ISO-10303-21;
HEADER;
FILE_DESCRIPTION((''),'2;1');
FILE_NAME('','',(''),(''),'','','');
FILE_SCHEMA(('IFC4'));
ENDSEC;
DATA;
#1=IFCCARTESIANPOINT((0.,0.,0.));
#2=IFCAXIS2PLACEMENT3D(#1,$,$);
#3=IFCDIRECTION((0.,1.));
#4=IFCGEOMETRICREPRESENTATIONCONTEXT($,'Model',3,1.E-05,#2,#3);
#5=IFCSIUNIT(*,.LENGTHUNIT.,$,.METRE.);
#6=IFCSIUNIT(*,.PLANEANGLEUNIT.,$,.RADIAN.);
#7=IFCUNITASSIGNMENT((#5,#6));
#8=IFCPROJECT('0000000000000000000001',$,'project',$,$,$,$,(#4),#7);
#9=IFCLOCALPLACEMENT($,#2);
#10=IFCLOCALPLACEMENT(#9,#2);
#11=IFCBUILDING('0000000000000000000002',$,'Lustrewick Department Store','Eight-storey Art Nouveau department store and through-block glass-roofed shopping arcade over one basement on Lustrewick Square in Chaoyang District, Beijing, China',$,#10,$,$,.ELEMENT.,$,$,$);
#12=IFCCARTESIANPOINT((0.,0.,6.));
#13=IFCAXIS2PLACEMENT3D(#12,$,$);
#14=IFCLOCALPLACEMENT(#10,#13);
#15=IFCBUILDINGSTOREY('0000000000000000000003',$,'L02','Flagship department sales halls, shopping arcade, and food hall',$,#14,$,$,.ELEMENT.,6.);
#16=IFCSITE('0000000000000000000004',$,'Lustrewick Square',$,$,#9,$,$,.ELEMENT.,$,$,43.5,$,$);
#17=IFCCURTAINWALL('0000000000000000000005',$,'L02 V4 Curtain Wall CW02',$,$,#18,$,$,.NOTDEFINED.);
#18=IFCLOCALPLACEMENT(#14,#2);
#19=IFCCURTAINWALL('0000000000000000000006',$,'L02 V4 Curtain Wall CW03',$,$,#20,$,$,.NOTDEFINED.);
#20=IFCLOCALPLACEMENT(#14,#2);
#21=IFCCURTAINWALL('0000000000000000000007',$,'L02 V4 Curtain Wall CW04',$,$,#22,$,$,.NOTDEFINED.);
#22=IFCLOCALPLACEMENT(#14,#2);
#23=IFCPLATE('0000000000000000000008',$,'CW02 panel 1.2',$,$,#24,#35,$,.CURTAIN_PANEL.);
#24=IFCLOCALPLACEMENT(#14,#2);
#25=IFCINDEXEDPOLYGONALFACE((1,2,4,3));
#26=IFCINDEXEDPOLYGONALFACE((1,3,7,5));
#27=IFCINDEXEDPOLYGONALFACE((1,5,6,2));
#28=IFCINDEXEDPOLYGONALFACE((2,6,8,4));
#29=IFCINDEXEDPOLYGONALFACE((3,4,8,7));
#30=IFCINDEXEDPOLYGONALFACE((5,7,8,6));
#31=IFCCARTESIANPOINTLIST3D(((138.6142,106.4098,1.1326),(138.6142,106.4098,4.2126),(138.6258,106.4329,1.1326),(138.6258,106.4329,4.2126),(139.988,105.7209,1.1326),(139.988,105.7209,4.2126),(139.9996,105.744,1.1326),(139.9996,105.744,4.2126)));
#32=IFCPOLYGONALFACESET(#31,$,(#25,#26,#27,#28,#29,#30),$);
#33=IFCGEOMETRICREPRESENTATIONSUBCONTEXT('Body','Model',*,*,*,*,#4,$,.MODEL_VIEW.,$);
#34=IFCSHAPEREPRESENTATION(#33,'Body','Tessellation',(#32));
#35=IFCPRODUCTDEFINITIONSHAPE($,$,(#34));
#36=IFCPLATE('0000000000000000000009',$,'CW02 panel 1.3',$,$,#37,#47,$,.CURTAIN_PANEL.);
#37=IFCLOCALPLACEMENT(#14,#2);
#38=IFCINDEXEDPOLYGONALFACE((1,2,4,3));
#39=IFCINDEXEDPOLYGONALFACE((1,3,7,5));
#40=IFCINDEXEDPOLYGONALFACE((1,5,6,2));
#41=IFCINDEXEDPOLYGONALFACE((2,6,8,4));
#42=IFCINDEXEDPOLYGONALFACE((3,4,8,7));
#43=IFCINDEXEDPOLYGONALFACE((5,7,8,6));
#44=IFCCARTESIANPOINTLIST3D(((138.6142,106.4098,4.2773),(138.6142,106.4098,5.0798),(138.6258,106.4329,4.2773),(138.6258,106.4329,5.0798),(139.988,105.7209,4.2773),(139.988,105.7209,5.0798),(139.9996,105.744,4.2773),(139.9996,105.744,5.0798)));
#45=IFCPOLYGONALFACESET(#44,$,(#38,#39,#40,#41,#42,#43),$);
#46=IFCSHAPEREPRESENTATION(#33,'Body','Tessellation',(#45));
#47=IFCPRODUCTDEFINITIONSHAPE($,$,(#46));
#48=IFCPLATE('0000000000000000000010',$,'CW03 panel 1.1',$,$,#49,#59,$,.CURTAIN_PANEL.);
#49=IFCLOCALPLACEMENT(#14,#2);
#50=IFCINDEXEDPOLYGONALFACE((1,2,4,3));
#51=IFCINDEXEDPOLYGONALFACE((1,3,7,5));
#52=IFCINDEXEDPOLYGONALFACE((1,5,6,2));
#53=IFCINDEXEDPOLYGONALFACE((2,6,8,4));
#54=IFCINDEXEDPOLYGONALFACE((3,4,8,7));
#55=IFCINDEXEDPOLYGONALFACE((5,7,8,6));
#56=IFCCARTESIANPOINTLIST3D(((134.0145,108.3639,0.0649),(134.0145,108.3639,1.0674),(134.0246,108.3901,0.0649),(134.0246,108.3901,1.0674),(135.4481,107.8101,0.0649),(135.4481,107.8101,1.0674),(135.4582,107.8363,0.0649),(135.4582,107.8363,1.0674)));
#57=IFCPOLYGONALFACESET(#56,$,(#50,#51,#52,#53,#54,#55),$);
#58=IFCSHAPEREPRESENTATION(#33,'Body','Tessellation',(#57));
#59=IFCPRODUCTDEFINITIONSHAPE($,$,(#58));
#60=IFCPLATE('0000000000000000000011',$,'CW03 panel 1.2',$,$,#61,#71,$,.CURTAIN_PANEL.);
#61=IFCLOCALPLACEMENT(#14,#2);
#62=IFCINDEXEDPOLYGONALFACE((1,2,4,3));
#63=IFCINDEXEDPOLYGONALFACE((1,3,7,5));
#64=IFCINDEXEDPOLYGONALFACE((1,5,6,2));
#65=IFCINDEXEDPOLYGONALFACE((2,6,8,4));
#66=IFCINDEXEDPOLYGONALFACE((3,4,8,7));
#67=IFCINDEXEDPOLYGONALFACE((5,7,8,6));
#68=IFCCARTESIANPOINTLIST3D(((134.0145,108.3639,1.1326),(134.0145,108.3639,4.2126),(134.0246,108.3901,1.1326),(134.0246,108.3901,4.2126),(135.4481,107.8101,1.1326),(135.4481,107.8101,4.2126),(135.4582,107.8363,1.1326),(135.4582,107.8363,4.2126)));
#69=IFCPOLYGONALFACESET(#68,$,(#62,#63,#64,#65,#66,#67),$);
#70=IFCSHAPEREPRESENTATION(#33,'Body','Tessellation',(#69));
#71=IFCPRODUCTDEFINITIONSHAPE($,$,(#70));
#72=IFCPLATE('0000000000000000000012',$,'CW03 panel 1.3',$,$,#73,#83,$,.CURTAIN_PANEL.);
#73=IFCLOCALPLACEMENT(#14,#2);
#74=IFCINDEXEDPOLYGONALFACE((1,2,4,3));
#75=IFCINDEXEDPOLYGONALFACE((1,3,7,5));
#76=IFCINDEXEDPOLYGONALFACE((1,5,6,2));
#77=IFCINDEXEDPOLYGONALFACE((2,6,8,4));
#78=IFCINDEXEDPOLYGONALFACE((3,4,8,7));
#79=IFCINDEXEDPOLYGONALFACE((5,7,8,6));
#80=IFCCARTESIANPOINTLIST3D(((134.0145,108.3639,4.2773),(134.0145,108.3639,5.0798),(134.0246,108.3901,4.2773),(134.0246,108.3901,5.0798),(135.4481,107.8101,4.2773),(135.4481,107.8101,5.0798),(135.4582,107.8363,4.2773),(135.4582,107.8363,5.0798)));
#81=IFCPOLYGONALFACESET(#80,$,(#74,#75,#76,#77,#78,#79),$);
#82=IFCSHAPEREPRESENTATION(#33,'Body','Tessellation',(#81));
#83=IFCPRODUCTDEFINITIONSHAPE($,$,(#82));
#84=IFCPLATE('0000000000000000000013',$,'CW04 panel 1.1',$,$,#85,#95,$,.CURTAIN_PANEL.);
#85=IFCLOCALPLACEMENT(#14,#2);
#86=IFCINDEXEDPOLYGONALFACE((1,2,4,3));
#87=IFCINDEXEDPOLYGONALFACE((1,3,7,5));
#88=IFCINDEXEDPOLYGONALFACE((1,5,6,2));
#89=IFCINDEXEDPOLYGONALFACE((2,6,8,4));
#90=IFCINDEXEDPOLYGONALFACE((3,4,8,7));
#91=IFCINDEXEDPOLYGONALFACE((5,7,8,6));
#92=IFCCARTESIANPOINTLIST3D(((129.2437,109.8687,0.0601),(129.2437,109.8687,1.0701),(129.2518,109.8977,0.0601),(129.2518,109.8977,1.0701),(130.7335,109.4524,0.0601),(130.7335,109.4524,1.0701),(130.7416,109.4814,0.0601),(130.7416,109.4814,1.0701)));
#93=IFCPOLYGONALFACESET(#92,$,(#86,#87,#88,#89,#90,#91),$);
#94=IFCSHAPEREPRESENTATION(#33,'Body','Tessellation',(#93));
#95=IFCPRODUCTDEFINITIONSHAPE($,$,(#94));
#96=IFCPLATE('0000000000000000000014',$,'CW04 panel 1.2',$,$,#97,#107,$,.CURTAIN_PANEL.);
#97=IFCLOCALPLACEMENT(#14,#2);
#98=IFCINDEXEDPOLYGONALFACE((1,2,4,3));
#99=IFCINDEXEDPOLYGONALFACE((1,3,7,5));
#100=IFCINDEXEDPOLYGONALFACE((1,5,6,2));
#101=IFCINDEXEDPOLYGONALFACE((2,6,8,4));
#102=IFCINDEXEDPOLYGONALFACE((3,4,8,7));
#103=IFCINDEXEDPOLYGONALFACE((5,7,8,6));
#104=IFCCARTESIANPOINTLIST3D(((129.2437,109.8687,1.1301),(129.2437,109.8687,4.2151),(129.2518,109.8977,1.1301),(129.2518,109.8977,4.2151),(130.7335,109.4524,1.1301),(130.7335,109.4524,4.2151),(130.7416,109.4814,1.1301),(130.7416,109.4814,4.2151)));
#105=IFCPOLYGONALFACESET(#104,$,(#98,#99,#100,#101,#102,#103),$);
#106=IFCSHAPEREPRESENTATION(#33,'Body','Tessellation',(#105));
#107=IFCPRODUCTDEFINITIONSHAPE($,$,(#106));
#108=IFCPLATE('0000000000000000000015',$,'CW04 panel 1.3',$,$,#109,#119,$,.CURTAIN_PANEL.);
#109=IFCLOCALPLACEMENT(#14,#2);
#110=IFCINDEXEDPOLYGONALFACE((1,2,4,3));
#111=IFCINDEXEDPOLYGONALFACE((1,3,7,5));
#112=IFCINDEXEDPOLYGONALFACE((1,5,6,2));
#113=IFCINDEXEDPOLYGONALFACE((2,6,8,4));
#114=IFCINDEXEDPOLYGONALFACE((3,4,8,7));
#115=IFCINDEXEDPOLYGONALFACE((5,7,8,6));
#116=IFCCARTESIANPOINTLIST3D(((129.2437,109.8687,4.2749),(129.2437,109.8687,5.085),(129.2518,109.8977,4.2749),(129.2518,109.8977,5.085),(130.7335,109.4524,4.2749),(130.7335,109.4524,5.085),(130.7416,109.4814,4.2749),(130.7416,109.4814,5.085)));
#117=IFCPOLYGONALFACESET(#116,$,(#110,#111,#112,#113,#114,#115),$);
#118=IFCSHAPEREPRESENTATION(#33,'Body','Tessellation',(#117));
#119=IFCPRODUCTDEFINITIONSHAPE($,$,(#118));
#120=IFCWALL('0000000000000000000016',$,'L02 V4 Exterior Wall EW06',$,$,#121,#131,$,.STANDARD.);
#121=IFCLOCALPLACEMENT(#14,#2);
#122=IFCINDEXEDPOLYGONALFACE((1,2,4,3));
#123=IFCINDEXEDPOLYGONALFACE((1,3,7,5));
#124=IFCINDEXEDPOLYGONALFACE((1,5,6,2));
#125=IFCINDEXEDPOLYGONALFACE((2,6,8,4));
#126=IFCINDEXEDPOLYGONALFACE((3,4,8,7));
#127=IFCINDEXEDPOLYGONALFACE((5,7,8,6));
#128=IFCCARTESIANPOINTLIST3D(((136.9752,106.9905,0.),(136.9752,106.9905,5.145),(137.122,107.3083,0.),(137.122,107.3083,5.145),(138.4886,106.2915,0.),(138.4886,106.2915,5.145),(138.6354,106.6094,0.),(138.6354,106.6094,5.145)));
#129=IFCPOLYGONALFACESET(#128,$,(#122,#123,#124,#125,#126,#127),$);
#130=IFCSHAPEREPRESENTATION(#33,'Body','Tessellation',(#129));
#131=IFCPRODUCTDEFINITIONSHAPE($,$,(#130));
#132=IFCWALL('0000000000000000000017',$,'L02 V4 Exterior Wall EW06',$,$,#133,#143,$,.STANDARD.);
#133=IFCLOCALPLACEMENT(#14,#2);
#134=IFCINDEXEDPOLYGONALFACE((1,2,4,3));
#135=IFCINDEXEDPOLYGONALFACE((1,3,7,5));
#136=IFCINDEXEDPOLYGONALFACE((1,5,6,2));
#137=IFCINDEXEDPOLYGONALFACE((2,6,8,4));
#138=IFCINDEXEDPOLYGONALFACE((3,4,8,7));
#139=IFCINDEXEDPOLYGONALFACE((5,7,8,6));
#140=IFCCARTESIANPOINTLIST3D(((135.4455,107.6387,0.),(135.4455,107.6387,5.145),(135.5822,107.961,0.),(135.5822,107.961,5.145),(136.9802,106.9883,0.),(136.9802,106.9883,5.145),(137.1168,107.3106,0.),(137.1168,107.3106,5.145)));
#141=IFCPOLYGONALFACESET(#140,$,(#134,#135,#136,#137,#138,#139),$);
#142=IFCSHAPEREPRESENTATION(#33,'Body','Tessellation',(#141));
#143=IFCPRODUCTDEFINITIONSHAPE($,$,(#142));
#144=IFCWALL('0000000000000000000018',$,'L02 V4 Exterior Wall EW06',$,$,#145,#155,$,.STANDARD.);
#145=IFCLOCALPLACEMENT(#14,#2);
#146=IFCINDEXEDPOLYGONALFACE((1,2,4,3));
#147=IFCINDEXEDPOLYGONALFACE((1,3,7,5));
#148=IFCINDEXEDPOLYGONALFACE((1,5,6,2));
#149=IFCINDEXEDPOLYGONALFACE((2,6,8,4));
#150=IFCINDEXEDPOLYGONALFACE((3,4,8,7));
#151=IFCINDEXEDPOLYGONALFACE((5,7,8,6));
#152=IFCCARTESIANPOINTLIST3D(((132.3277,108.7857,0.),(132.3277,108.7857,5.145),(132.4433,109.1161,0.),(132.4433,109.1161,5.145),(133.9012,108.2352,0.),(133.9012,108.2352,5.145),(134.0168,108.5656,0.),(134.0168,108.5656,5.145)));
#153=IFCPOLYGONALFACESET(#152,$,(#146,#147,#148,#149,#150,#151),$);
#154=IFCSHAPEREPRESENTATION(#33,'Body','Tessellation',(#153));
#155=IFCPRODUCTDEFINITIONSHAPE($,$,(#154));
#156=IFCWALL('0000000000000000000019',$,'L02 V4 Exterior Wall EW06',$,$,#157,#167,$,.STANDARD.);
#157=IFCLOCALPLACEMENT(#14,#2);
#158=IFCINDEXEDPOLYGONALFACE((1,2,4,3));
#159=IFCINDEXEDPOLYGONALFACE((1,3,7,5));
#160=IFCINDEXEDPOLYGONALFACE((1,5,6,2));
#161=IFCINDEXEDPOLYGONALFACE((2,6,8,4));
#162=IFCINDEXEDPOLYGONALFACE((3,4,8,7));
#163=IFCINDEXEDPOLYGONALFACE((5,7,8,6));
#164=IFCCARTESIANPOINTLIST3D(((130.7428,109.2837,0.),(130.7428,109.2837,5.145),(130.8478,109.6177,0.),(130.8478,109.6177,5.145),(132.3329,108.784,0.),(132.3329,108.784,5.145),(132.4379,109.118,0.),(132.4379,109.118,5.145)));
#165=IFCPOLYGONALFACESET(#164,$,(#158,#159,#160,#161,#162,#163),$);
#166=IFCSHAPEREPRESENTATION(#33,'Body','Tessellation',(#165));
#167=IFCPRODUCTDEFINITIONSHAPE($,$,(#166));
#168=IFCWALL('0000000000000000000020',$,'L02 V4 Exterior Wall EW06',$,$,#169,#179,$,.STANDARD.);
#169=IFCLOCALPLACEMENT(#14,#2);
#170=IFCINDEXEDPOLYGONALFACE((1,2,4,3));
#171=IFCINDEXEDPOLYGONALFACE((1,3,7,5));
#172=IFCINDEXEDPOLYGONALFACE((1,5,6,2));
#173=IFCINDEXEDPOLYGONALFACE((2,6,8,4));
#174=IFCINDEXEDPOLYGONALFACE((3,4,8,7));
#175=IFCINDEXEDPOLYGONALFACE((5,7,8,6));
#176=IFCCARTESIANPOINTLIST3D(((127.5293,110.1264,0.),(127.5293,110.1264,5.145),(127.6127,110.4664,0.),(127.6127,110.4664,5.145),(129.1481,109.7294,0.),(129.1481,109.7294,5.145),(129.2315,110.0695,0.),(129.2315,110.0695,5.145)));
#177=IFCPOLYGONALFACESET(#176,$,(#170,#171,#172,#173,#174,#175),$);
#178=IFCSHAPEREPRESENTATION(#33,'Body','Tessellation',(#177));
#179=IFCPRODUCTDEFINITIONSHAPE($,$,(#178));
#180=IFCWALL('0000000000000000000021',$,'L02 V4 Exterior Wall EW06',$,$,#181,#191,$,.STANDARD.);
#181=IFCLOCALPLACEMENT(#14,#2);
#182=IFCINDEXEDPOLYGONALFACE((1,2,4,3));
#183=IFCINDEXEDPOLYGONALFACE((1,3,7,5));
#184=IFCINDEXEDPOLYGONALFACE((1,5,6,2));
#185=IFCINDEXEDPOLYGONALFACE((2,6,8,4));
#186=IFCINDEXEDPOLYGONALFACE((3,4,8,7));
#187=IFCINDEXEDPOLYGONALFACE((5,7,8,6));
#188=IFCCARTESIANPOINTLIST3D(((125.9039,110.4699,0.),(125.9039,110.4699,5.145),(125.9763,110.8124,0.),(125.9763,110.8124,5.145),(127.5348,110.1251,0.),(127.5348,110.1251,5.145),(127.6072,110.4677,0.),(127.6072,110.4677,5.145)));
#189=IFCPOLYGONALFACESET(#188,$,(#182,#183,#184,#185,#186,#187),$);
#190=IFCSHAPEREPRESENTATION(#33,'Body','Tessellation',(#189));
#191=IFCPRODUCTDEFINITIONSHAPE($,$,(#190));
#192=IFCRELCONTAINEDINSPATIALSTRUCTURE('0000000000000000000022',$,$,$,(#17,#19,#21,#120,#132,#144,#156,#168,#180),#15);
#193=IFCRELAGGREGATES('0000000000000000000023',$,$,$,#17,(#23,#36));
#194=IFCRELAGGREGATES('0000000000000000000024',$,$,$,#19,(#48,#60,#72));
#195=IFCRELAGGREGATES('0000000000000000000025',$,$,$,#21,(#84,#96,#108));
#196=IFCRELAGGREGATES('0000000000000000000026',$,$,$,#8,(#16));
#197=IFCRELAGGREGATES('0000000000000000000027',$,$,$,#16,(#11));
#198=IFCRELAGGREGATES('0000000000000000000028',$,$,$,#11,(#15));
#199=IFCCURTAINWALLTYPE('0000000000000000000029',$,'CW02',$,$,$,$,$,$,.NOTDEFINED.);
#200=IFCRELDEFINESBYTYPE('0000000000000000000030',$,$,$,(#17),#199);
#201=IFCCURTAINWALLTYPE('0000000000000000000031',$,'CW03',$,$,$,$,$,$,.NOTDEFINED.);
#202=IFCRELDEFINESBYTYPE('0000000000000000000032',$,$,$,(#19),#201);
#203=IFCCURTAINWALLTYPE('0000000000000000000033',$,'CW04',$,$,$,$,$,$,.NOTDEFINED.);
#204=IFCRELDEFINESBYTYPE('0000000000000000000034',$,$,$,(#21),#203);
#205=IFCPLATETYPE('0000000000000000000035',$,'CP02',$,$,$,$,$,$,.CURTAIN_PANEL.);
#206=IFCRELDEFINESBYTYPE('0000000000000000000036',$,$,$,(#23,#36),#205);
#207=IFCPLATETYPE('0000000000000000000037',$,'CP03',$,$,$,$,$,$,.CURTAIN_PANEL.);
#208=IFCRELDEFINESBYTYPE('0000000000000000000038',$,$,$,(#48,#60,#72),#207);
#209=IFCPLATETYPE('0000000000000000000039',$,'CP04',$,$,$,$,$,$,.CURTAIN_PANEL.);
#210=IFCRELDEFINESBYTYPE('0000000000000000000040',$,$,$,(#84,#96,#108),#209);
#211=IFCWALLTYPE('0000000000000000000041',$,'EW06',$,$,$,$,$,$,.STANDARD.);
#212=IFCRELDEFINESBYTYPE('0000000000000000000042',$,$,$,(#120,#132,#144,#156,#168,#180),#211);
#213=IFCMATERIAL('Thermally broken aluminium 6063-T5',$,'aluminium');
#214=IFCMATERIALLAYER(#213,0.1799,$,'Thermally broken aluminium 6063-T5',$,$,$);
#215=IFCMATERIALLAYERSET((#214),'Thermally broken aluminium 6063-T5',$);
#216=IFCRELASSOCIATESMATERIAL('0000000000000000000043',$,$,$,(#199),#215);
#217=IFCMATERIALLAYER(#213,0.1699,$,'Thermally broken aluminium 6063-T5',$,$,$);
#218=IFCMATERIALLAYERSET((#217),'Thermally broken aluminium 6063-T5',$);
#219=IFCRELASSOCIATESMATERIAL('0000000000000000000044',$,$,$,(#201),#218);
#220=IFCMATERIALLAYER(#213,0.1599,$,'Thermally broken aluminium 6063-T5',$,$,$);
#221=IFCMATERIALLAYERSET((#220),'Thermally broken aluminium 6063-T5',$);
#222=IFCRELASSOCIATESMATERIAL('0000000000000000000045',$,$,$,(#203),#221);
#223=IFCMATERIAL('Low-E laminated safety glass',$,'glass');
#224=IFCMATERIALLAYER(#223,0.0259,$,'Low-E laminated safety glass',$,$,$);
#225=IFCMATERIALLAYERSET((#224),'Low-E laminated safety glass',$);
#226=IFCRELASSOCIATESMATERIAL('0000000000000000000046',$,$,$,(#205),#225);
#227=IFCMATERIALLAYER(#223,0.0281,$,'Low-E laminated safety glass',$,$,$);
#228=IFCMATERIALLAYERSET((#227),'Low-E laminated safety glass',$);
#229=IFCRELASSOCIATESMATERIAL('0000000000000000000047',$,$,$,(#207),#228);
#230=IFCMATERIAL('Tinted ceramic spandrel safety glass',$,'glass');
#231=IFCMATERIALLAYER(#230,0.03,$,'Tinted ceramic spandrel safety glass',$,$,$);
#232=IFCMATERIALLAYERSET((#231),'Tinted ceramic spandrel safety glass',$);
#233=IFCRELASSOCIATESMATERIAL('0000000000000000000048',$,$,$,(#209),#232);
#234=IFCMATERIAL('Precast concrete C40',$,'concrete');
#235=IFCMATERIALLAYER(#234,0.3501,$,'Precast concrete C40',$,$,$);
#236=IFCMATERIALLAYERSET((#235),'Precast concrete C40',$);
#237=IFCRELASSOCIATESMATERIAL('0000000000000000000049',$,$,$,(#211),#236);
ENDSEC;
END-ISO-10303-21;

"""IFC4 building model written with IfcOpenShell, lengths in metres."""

from ifc_helpers import new_model, si_unit, direction, frame, frame_2d, origin, origin_2d, place, context, subcontext, project, spatial, rectangle, extrude, material, layer, layer_set, type_object, element, aggregate, save


model = new_model("IFC4")

# Units and contexts
model_context = context("Model", 3, precision=1e-05, world=origin(), true_north=direction((0.0, 1.0)))
body_context = subcontext(model_context, "Body", "Model", "MODEL_VIEW")
ifc_project = project(units=[si_unit("LENGTHUNIT", "METRE"), si_unit("PLANEANGLEUNIT", "RADIAN")], contexts=[model_context])

# Site, building, storey
site_placement = place(None, origin())
site = spatial("IfcSite", under=ifc_project, at=site_placement, Name="Lustrewick Square", CompositionType="ELEMENT", RefElevation=43.5)
building_placement = place(site_placement, origin())
building = spatial("IfcBuilding", under=site, at=building_placement, Name="Lustrewick Department Store", Description="Eight-storey Art Nouveau department store and through-block glass-roofed shopping arcade over one basement on Lustrewick Square in Chaoyang District, Beijing, China", CompositionType="ELEMENT")
storey_placement = place(building_placement, frame((0.0, 0.0, 6.0)))
storey = spatial("IfcBuildingStorey", under=building, at=storey_placement, Name="L02", Description="Flagship department sales halls, shopping arcade, and food hall", CompositionType="ELEMENT", Elevation=6.0)

# Curtain walls
ifc_material_1 = material(Name="Thermally broken aluminium 6063-T5", Category="aluminium")
ifc_layer_1 = layer(ifc_material_1, 0.1799, Name="Thermally broken aluminium 6063-T5")
ifc_layer_set_1 = layer_set([ifc_layer_1], Name="Thermally broken aluminium 6063-T5")
curtain_wall_type_1 = type_object("IfcCurtainWallType", Name="CW02", PredefinedType="NOTDEFINED", material=ifc_layer_set_1)
curtain_wall_1_placement = place(storey_placement, origin())
curtain_wall_1 = element("IfcCurtainWall", 1, at=curtain_wall_1_placement, inside=storey, type_object=curtain_wall_type_1, Name="L02 V4 Curtain Wall CW02", PredefinedType="NOTDEFINED")
ifc_layer_2 = layer(ifc_material_1, 0.1699, Name="Thermally broken aluminium 6063-T5")
ifc_layer_set_2 = layer_set([ifc_layer_2], Name="Thermally broken aluminium 6063-T5")
curtain_wall_type_2 = type_object("IfcCurtainWallType", Name="CW03", PredefinedType="NOTDEFINED", material=ifc_layer_set_2)
curtain_wall_2_placement = place(storey_placement, origin())
curtain_wall_2 = element("IfcCurtainWall", 2, at=curtain_wall_2_placement, inside=storey, type_object=curtain_wall_type_2, Name="L02 V4 Curtain Wall CW03", PredefinedType="NOTDEFINED")
ifc_layer_3 = layer(ifc_material_1, 0.1599, Name="Thermally broken aluminium 6063-T5")
ifc_layer_set_3 = layer_set([ifc_layer_3], Name="Thermally broken aluminium 6063-T5")
curtain_wall_type_3 = type_object("IfcCurtainWallType", Name="CW04", PredefinedType="NOTDEFINED", material=ifc_layer_set_3)
curtain_wall_3_placement = place(storey_placement, origin())
curtain_wall_3 = element("IfcCurtainWall", 3, at=curtain_wall_3_placement, inside=storey, type_object=curtain_wall_type_3, Name="L02 V4 Curtain Wall CW04", PredefinedType="NOTDEFINED")

# Plates
ifc_material_2 = material(Name="Low-E laminated safety glass", Category="glass")
ifc_layer_4 = layer(ifc_material_2, 0.0259, Name="Low-E laminated safety glass")
ifc_layer_set_4 = layer_set([ifc_layer_4], Name="Low-E laminated safety glass")
plate_type_1 = type_object("IfcPlateType", Name="CP02", PredefinedType="CURTAIN_PANEL", material=ifc_layer_set_4)
plate_1_placement = place(storey_placement, frame((139.3069, 106.0769, 1.1326), z_axis=(0.0, 0.0, 1.0), x_axis=(-0.893899, 0.448269, 0.0)))
plate_1 = element("IfcPlate", 4, at=plate_1_placement, type_object=plate_type_1, Name="CW02 panel 1.2", PredefinedType="CURTAIN_PANEL", context=body_context, shape_type="SweptSolid", body=[
    extrude(rectangle(XDim=1.5369, YDim=0.0259, at=origin_2d()), origin(), (0.0, 0.0, 1.0), 3.0801),
])
plate_2_placement = place(storey_placement, frame((139.3069, 106.0769, 4.2773), z_axis=(0.0, 0.0, 1.0), x_axis=(-0.893899, 0.448269, 0.0)))
plate_2 = element("IfcPlate", 5, at=plate_2_placement, type_object=plate_type_1, Name="CW02 panel 1.3", PredefinedType="CURTAIN_PANEL", context=body_context, shape_type="SweptSolid", body=[
    extrude(rectangle(XDim=1.5369, YDim=0.0259, at=origin_2d()), origin(), (0.0, 0.0, 1.0), 0.8025),
])
aggregate(curtain_wall_1, [plate_1, plate_2])
ifc_layer_5 = layer(ifc_material_2, 0.0281, Name="Low-E laminated safety glass")
ifc_layer_set_5 = layer_set([ifc_layer_5], Name="Low-E laminated safety glass")
plate_type_2 = type_object("IfcPlateType", Name="CP03", PredefinedType="CURTAIN_PANEL", material=ifc_layer_set_5)
plate_3_placement = place(storey_placement, frame((134.7363, 108.1001, 0.0649), z_axis=(0.0, 0.0, 1.0), x_axis=(-0.93281, 0.36037, 0.0)))
plate_3 = element("IfcPlate", 6, at=plate_3_placement, type_object=plate_type_2, Name="CW03 panel 1.1", PredefinedType="CURTAIN_PANEL", context=body_context, shape_type="SweptSolid", body=[
    extrude(rectangle(XDim=1.5369, YDim=0.0281, at=origin_2d()), origin(), (0.0, 0.0, 1.0), 1.0024),
])
plate_4_placement = place(storey_placement, frame((134.7363, 108.1001, 1.1326), z_axis=(0.0, 0.0, 1.0), x_axis=(-0.93281, 0.36037, 0.0)))
plate_4 = element("IfcPlate", 7, at=plate_4_placement, type_object=plate_type_2, Name="CW03 panel 1.2", PredefinedType="CURTAIN_PANEL", context=body_context, shape_type="SweptSolid", body=[
    extrude(rectangle(XDim=1.5369, YDim=0.0281, at=origin_2d()), origin(), (0.0, 0.0, 1.0), 3.0801),
])
plate_5_placement = place(storey_placement, frame((134.7363, 108.1001, 4.2773), z_axis=(0.0, 0.0, 1.0), x_axis=(-0.93281, 0.36037, 0.0)))
plate_5 = element("IfcPlate", 8, at=plate_5_placement, type_object=plate_type_2, Name="CW03 panel 1.3", PredefinedType="CURTAIN_PANEL", context=body_context, shape_type="SweptSolid", body=[
    extrude(rectangle(XDim=1.5369, YDim=0.0281, at=origin_2d()), origin(), (0.0, 0.0, 1.0), 0.8025),
])
aggregate(curtain_wall_2, [plate_3, plate_4, plate_5])
ifc_material_3 = material(Name="Tinted ceramic spandrel safety glass", Category="glass")
ifc_layer_6 = layer(ifc_material_3, 0.03, Name="Tinted ceramic spandrel safety glass")
ifc_layer_set_6 = layer_set([ifc_layer_6], Name="Tinted ceramic spandrel safety glass")
plate_type_3 = type_object("IfcPlateType", Name="CP04", PredefinedType="CURTAIN_PANEL", material=ifc_layer_set_6)
plate_6_placement = place(storey_placement, frame((129.9927, 109.675, 0.0601), z_axis=(0.0, 0.0, 1.0), x_axis=(-0.963106, 0.269123, 0.0)))
plate_6 = element("IfcPlate", 9, at=plate_6_placement, type_object=plate_type_3, Name="CW04 panel 1.1", PredefinedType="CURTAIN_PANEL", context=body_context, shape_type="SweptSolid", body=[
    extrude(rectangle(XDim=1.5469, YDim=0.03, at=origin_2d()), origin(), (0.0, 0.0, 1.0), 1.01),
])
plate_7_placement = place(storey_placement, frame((129.9927, 109.675, 1.1301), z_axis=(0.0, 0.0, 1.0), x_axis=(-0.963106, 0.269123, 0.0)))
plate_7 = element("IfcPlate", 10, at=plate_7_placement, type_object=plate_type_3, Name="CW04 panel 1.2", PredefinedType="CURTAIN_PANEL", context=body_context, shape_type="SweptSolid", body=[
    extrude(rectangle(XDim=1.5469, YDim=0.03, at=origin_2d()), origin(), (0.0, 0.0, 1.0), 3.085),
])
plate_8_placement = place(storey_placement, frame((129.9927, 109.675, 4.2749), z_axis=(0.0, 0.0, 1.0), x_axis=(-0.963106, 0.269123, 0.0)))
plate_8 = element("IfcPlate", 11, at=plate_8_placement, type_object=plate_type_3, Name="CW04 panel 1.3", PredefinedType="CURTAIN_PANEL", context=body_context, shape_type="SweptSolid", body=[
    extrude(rectangle(XDim=1.5469, YDim=0.03, at=origin_2d()), origin(), (0.0, 0.0, 1.0), 0.8101),
])
aggregate(curtain_wall_3, [plate_6, plate_7, plate_8])

# Walls
ifc_material_4 = material(Name="Precast concrete C40", Category="concrete")
ifc_layer_7 = layer(ifc_material_4, 0.3501, Name="Precast concrete C40")
ifc_layer_set_7 = layer_set([ifc_layer_7], Name="Precast concrete C40")
wall_type = type_object("IfcWallType", Name="EW06", PredefinedType="STANDARD", material=ifc_layer_set_7)
wall_1_placement = place(storey_placement, frame((138.562, 106.4504, 0.0), z_axis=(0.0, 0.0, 1.0), x_axis=(-0.907852, 0.41929, 0.0)))
element("IfcWall", 12, at=wall_1_placement, inside=storey, type_object=wall_type, Name="L02 V4 Exterior Wall EW06", PredefinedType="STANDARD", context=body_context, shape_type="SweptSolid", body=[
    extrude(rectangle(XDim=1.667, YDim=0.3501, at=frame_2d((0.8335, 0.0))), origin(), (0.0, 0.0, 1.0), 5.145),
])
wall_2_placement = place(storey_placement, frame((137.0486, 107.1494, 0.0), z_axis=(0.0, 0.0, 1.0), x_axis=(-0.920729, 0.390204, 0.0)))
element("IfcWall", 13, at=wall_2_placement, inside=storey, type_object=wall_type, Name="L02 V4 Exterior Wall EW06", PredefinedType="STANDARD", context=body_context, shape_type="SweptSolid", body=[
    extrude(rectangle(XDim=1.6667, YDim=0.3501, at=frame_2d((0.8335, 0.0))), origin(), (0.0, 0.0, 1.0), 5.145),
])
wall_3_placement = place(storey_placement, frame((133.959, 108.4004, 0.0), z_axis=(0.0, 0.0, 1.0), x_axis=(-0.943893, 0.330253, 0.0)))
element("IfcWall", 14, at=wall_3_placement, inside=storey, type_object=wall_type, Name="L02 V4 Exterior Wall EW06", PredefinedType="STANDARD", context=body_context, shape_type="SweptSolid", body=[
    extrude(rectangle(XDim=1.667, YDim=0.3501, at=frame_2d((0.8335, 0.0))), origin(), (0.0, 0.0, 1.0), 5.145),
])
for number, where, z_axis, x_axis, name in (
    (15, (132.3855, 108.9509, 0.0), (0.0, 0.0, 1.0), (-0.953991, 0.299834, 0.0), "L02 V4 Exterior Wall EW06"),
    (16, (129.1899, 109.8994, 0.0), (0.0, 0.0, 1.0), (-0.971227, 0.238156, 0.0), "L02 V4 Exterior Wall EW06"),
):
    element("IfcWall", number, at=place(storey_placement, frame(where, z_axis=z_axis, x_axis=x_axis)), inside=storey, type_object=wall_type, Name=name, PredefinedType="STANDARD", context=body_context, shape_type="SweptSolid", body=[
        extrude(rectangle(XDim=1.6667, YDim=0.3501, at=frame_2d((0.8335, 0.0))), origin(), (0.0, 0.0, 1.0), 5.145),
    ])
wall_4_placement = place(storey_placement, frame((127.571, 110.2964, 0.0), z_axis=(0.0, 0.0, 1.0), x_axis=(-0.978382, 0.206808, 0.0)))
element("IfcWall", 17, at=wall_4_placement, inside=storey, type_object=wall_type, Name="L02 V4 Exterior Wall EW06", PredefinedType="STANDARD", context=body_context, shape_type="SweptSolid", body=[
    extrude(rectangle(XDim=1.667, YDim=0.3501, at=frame_2d((0.8335, 0.0))), origin(), (0.0, 0.0, 1.0), 5.145),
])

save(model, "model.ifc")
